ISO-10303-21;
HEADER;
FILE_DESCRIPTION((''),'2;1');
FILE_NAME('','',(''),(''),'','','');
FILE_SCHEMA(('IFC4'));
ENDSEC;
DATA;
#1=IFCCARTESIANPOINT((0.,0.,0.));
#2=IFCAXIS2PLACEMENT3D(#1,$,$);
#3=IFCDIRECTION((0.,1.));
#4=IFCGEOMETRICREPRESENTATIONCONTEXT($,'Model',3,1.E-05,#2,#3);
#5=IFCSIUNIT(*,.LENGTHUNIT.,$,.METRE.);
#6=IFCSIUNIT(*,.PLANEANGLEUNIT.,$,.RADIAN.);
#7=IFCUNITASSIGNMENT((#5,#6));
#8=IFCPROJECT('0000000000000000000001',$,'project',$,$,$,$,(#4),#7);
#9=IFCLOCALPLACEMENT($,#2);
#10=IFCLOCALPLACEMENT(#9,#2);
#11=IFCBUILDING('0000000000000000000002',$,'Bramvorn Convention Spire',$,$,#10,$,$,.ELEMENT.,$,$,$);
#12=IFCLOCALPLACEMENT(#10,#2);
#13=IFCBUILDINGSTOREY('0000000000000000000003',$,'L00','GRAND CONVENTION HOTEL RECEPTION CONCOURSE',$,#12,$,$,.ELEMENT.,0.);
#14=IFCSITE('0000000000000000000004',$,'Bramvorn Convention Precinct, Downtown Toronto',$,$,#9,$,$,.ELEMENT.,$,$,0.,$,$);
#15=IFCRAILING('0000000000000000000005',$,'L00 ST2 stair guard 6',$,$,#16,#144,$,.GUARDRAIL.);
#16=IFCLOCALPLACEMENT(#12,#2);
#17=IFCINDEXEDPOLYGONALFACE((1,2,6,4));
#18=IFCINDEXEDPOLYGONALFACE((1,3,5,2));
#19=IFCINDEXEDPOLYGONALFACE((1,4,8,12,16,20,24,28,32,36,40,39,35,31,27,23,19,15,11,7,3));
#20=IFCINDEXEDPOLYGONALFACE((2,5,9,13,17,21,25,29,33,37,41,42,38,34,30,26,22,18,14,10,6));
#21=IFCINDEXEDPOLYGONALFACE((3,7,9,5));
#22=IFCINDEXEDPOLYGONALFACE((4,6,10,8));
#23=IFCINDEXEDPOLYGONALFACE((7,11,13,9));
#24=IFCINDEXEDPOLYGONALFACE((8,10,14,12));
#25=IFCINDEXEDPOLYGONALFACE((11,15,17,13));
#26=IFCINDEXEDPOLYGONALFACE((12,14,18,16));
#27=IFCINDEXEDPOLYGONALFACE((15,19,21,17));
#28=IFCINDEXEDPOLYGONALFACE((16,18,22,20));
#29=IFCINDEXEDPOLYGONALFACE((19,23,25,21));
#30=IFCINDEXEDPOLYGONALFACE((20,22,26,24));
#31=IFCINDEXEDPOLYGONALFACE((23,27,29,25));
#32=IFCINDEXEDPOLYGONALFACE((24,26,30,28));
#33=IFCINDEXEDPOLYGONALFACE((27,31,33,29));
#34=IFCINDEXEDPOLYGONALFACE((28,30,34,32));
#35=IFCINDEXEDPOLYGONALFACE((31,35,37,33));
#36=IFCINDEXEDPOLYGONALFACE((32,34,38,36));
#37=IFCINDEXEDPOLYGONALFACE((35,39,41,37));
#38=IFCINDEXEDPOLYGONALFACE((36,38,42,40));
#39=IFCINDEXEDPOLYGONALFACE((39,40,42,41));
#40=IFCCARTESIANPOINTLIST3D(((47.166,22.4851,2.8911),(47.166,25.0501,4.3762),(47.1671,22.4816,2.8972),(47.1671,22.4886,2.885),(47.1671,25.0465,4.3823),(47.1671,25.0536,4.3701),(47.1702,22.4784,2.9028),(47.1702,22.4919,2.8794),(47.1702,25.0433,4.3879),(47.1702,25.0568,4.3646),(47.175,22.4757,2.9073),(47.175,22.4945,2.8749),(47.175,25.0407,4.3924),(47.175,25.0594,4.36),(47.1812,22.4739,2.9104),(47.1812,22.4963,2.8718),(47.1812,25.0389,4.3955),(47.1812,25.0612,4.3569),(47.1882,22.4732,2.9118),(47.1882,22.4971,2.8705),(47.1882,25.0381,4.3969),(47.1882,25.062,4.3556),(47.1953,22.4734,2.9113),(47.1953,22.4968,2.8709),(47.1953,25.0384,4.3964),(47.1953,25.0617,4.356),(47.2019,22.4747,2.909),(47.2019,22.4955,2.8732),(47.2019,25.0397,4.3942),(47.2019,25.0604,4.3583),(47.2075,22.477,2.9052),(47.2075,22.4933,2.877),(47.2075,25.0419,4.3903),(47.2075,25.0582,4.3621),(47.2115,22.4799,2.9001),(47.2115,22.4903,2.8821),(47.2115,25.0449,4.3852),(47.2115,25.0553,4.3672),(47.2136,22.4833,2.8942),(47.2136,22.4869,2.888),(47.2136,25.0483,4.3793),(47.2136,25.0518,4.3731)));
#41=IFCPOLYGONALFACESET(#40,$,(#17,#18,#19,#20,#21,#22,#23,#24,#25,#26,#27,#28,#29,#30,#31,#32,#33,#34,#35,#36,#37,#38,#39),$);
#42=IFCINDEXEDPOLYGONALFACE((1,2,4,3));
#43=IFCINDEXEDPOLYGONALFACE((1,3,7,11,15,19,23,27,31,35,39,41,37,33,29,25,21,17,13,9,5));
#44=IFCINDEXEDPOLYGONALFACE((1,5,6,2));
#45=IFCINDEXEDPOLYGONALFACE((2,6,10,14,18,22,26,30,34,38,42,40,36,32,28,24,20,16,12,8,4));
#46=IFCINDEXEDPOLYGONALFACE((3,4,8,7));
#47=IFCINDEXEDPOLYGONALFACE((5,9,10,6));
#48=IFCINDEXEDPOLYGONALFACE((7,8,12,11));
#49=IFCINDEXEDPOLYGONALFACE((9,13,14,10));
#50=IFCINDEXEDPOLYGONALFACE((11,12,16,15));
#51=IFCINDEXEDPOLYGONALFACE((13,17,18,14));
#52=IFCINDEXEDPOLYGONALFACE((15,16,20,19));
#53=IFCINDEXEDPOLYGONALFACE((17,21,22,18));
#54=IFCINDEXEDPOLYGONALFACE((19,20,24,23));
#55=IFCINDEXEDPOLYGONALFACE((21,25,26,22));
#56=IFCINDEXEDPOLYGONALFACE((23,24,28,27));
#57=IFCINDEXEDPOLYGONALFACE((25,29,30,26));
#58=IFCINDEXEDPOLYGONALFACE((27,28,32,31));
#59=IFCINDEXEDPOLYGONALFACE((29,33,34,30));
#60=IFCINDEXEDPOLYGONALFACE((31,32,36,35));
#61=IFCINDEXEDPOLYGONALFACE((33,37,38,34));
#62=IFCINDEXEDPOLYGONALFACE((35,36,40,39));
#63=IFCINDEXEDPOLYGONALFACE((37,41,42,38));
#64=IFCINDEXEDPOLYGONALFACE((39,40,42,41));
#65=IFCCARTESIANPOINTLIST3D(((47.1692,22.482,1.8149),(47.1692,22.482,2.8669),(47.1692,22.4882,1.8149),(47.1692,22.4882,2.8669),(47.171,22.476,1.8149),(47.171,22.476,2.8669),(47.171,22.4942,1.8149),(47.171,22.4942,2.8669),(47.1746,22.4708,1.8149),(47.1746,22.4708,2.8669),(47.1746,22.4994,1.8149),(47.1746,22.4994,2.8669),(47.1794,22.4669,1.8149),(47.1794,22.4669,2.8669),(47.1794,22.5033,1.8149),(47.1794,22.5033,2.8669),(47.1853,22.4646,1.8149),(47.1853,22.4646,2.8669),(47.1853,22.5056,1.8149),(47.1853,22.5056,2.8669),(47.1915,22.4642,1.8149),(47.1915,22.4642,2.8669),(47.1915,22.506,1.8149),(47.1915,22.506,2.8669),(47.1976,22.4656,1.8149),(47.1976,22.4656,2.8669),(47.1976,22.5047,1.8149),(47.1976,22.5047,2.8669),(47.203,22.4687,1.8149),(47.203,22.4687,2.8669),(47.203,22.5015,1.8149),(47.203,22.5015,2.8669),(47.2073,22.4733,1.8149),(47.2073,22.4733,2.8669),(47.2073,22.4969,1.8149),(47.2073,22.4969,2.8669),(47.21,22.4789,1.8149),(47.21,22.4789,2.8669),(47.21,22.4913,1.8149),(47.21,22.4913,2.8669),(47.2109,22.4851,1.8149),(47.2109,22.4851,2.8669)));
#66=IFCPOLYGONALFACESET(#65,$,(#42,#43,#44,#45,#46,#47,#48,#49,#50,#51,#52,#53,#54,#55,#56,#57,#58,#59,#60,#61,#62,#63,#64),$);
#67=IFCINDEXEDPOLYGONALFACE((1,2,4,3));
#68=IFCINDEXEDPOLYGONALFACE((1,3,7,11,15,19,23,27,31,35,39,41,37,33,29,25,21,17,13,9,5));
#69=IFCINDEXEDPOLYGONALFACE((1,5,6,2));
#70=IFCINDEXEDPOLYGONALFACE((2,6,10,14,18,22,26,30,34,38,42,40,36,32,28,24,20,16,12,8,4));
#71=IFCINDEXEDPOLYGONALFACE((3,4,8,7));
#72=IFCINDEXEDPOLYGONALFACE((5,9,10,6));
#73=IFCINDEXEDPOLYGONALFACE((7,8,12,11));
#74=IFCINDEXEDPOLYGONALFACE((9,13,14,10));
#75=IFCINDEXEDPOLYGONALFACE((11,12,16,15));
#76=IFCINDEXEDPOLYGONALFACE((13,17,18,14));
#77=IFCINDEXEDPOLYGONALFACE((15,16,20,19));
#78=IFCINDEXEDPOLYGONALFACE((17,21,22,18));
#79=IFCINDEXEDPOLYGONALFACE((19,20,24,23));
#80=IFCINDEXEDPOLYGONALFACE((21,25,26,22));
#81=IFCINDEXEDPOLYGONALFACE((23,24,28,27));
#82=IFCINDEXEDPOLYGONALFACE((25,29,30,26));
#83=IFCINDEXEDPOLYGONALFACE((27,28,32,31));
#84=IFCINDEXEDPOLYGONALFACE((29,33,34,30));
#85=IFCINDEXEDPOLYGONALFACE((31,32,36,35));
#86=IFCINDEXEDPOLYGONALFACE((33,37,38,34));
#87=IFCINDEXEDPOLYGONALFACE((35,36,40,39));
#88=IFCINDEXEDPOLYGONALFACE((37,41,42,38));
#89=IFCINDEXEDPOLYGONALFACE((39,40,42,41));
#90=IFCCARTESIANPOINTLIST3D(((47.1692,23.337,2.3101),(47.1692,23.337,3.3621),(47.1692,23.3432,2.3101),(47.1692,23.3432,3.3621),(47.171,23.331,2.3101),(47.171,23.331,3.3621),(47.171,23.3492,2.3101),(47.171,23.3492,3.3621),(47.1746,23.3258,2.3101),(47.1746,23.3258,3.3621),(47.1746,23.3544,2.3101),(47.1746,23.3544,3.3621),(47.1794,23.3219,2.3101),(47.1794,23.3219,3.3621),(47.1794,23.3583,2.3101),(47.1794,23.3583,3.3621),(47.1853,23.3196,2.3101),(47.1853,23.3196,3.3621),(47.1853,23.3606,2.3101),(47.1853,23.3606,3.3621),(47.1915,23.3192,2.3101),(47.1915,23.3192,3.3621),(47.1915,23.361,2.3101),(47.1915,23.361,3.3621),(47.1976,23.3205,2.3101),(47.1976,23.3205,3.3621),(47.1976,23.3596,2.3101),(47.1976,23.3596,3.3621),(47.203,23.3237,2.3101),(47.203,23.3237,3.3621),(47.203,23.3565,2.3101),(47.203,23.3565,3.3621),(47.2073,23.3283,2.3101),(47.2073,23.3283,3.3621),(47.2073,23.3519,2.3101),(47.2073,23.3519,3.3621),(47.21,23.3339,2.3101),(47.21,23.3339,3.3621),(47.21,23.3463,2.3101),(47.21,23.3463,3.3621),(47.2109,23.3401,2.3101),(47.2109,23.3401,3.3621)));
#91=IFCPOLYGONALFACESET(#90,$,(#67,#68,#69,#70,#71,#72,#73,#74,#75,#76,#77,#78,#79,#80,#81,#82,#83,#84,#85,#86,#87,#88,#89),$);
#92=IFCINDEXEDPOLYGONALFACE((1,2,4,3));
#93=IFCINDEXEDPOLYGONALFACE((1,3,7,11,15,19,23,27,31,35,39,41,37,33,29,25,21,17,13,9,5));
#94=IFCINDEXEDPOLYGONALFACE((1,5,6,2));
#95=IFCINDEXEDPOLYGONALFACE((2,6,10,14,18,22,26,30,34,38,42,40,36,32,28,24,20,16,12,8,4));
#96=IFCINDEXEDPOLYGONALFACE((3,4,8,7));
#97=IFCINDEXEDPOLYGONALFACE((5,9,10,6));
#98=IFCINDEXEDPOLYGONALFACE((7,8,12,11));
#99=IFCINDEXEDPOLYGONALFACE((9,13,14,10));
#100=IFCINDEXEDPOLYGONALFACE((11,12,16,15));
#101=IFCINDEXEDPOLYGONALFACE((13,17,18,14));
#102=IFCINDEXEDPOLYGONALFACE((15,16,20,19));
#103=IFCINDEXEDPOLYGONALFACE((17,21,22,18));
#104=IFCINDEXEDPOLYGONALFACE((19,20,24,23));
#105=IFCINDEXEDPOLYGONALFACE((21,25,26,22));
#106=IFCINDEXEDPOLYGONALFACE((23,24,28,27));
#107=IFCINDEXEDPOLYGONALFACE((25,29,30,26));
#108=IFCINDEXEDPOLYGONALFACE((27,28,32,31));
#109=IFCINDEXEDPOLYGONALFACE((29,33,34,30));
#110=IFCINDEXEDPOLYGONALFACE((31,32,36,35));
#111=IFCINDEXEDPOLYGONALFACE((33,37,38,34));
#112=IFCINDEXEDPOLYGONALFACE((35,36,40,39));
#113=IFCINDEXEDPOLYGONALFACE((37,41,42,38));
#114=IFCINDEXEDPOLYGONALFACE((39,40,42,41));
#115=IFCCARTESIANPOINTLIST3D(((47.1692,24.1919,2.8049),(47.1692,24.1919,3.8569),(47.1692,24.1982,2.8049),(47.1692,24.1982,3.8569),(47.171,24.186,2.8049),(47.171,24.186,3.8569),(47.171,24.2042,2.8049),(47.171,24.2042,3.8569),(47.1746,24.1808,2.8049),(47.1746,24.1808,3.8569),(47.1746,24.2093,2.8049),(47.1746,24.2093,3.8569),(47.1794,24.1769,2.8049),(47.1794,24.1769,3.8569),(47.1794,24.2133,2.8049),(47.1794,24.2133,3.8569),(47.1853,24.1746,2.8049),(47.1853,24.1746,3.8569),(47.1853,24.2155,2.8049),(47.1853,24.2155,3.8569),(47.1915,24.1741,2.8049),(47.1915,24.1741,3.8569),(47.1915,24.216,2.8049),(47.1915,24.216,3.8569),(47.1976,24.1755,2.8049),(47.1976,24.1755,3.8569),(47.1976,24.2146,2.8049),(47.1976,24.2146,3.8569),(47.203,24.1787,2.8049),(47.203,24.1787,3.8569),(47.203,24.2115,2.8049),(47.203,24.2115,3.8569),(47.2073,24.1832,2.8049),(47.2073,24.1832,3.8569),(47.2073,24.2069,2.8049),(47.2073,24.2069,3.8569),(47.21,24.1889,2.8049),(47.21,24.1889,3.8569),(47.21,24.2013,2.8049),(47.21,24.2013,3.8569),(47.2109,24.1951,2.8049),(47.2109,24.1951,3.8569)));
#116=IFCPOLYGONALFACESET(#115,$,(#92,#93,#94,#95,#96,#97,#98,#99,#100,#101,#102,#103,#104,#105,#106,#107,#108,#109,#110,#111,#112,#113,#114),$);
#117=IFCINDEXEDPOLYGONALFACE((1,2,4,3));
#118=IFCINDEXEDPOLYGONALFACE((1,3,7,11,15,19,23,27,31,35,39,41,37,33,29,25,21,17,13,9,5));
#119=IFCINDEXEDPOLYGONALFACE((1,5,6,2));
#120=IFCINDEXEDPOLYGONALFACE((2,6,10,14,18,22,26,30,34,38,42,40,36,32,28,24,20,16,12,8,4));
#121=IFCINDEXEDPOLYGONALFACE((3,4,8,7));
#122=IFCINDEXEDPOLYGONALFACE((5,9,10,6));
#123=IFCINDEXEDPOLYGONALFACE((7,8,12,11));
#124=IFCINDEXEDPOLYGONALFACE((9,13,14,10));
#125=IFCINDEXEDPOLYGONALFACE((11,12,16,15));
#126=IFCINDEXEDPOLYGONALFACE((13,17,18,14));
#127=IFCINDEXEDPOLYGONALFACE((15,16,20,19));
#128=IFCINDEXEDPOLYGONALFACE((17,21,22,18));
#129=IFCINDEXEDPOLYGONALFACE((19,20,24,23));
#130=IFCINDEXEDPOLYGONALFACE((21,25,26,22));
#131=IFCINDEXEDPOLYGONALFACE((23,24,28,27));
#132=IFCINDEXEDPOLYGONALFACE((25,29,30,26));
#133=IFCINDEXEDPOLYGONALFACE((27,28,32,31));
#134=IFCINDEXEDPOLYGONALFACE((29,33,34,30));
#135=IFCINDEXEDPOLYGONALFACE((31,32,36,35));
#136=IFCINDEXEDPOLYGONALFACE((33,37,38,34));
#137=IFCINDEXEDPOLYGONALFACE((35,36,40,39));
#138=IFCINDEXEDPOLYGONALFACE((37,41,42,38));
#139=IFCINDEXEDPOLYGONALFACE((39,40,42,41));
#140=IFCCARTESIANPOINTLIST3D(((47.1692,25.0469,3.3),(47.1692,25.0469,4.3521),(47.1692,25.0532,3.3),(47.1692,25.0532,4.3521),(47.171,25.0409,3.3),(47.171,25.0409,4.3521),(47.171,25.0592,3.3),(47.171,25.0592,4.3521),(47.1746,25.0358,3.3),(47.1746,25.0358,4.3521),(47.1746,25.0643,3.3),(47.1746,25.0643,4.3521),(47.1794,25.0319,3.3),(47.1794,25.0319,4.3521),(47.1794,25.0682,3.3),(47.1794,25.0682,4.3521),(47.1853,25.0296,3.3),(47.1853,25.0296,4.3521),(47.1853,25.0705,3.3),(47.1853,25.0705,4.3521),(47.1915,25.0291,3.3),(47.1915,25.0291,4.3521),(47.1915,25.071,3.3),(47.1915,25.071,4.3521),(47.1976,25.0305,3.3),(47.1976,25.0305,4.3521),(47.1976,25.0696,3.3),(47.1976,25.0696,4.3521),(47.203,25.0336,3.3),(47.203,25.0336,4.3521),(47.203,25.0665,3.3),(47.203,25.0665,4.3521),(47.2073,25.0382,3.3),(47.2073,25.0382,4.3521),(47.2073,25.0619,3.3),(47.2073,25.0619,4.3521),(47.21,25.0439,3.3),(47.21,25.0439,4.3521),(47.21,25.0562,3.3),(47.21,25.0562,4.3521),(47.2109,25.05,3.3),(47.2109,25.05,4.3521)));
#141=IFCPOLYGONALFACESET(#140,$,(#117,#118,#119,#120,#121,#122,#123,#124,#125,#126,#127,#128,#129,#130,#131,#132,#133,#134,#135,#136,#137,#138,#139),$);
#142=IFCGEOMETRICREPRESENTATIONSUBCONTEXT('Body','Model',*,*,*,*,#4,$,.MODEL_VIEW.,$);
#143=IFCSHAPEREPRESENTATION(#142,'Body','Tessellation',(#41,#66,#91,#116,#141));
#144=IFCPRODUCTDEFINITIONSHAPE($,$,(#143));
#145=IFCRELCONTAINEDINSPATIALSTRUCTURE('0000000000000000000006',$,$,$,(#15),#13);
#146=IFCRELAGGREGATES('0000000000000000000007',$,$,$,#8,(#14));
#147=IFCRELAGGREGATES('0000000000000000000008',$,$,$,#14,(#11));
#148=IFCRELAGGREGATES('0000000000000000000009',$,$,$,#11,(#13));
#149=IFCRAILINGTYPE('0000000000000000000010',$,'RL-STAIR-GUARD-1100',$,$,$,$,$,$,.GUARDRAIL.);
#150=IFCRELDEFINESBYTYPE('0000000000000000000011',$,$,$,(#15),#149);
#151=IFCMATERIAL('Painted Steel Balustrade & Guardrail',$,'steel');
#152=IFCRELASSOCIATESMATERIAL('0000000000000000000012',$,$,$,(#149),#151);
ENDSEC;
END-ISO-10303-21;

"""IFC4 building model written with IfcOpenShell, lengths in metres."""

from ifc_helpers import new_model, si_unit, direction, frame, origin, origin_2d, place, context, subcontext, project, spatial, circle, extrude, material, type_object, element, save


model = new_model("IFC4")

# Units and contexts
model_context = context("Model", 3, precision=1e-05, world=origin(), true_north=direction((0.0, 1.0)))
body_context = subcontext(model_context, "Body", "Model", "MODEL_VIEW")
ifc_project = project(units=[si_unit("LENGTHUNIT", "METRE"), si_unit("PLANEANGLEUNIT", "RADIAN")], contexts=[model_context])

# Site, building, storey
site_placement = place(None, origin())
site = spatial("IfcSite", under=ifc_project, at=site_placement, Name="Bramvorn Convention Precinct, Downtown Toronto", CompositionType="ELEMENT", RefElevation=0.0)
building_placement = place(site_placement, origin())
building = spatial("IfcBuilding", under=site, at=building_placement, Name="Bramvorn Convention Spire", CompositionType="ELEMENT")
storey_placement = place(building_placement, origin())
storey = spatial("IfcBuildingStorey", under=building, at=storey_placement, Name="L00", Description="GRAND CONVENTION HOTEL RECEPTION CONCOURSE", CompositionType="ELEMENT", Elevation=0.0)

# Railing
ifc_material_1 = material(Name="Painted Steel Balustrade & Guardrail", Category="steel")
railing_type_1 = type_object("IfcRailingType", Name="RL-STAIR-GUARD-1100", PredefinedType="GUARDRAIL", material=ifc_material_1)
railing_1_placement = place(storey_placement, frame((47.1899, 22.4851, 1.8149)))
element("IfcRailing", 1, at=railing_1_placement, inside=storey, type_object=railing_type_1, Name="L00 ST2 stair guard 6", PredefinedType="GUARDRAIL", context=body_context, shape_type="SweptSolid", body=[
    extrude(circle(Radius=0.0239, at=origin_2d()), frame((0.0, 0.0, 1.0762), z_axis=(0.0, 0.865406, 0.501072), x_axis=(-1.0, 0.0, 0.0)), (0.0, 0.0, 1.0), 2.9639),
    extrude(circle(Radius=0.021, at=origin_2d()), origin(), (0.0, 0.0, 1.0), 1.052),
    extrude(circle(Radius=0.021, at=origin_2d()), frame((0.0, 0.855, 0.4951)), (0.0, 0.0, 1.0), 1.052),
    extrude(circle(Radius=0.021, at=origin_2d()), frame((0.0, 1.71, 0.99)), (0.0, 0.0, 1.0), 1.052),
    extrude(circle(Radius=0.021, at=origin_2d()), frame((0.0, 2.5649, 1.4851)), (0.0, 0.0, 1.0), 1.052),
])

save(model, "model.ifc")
